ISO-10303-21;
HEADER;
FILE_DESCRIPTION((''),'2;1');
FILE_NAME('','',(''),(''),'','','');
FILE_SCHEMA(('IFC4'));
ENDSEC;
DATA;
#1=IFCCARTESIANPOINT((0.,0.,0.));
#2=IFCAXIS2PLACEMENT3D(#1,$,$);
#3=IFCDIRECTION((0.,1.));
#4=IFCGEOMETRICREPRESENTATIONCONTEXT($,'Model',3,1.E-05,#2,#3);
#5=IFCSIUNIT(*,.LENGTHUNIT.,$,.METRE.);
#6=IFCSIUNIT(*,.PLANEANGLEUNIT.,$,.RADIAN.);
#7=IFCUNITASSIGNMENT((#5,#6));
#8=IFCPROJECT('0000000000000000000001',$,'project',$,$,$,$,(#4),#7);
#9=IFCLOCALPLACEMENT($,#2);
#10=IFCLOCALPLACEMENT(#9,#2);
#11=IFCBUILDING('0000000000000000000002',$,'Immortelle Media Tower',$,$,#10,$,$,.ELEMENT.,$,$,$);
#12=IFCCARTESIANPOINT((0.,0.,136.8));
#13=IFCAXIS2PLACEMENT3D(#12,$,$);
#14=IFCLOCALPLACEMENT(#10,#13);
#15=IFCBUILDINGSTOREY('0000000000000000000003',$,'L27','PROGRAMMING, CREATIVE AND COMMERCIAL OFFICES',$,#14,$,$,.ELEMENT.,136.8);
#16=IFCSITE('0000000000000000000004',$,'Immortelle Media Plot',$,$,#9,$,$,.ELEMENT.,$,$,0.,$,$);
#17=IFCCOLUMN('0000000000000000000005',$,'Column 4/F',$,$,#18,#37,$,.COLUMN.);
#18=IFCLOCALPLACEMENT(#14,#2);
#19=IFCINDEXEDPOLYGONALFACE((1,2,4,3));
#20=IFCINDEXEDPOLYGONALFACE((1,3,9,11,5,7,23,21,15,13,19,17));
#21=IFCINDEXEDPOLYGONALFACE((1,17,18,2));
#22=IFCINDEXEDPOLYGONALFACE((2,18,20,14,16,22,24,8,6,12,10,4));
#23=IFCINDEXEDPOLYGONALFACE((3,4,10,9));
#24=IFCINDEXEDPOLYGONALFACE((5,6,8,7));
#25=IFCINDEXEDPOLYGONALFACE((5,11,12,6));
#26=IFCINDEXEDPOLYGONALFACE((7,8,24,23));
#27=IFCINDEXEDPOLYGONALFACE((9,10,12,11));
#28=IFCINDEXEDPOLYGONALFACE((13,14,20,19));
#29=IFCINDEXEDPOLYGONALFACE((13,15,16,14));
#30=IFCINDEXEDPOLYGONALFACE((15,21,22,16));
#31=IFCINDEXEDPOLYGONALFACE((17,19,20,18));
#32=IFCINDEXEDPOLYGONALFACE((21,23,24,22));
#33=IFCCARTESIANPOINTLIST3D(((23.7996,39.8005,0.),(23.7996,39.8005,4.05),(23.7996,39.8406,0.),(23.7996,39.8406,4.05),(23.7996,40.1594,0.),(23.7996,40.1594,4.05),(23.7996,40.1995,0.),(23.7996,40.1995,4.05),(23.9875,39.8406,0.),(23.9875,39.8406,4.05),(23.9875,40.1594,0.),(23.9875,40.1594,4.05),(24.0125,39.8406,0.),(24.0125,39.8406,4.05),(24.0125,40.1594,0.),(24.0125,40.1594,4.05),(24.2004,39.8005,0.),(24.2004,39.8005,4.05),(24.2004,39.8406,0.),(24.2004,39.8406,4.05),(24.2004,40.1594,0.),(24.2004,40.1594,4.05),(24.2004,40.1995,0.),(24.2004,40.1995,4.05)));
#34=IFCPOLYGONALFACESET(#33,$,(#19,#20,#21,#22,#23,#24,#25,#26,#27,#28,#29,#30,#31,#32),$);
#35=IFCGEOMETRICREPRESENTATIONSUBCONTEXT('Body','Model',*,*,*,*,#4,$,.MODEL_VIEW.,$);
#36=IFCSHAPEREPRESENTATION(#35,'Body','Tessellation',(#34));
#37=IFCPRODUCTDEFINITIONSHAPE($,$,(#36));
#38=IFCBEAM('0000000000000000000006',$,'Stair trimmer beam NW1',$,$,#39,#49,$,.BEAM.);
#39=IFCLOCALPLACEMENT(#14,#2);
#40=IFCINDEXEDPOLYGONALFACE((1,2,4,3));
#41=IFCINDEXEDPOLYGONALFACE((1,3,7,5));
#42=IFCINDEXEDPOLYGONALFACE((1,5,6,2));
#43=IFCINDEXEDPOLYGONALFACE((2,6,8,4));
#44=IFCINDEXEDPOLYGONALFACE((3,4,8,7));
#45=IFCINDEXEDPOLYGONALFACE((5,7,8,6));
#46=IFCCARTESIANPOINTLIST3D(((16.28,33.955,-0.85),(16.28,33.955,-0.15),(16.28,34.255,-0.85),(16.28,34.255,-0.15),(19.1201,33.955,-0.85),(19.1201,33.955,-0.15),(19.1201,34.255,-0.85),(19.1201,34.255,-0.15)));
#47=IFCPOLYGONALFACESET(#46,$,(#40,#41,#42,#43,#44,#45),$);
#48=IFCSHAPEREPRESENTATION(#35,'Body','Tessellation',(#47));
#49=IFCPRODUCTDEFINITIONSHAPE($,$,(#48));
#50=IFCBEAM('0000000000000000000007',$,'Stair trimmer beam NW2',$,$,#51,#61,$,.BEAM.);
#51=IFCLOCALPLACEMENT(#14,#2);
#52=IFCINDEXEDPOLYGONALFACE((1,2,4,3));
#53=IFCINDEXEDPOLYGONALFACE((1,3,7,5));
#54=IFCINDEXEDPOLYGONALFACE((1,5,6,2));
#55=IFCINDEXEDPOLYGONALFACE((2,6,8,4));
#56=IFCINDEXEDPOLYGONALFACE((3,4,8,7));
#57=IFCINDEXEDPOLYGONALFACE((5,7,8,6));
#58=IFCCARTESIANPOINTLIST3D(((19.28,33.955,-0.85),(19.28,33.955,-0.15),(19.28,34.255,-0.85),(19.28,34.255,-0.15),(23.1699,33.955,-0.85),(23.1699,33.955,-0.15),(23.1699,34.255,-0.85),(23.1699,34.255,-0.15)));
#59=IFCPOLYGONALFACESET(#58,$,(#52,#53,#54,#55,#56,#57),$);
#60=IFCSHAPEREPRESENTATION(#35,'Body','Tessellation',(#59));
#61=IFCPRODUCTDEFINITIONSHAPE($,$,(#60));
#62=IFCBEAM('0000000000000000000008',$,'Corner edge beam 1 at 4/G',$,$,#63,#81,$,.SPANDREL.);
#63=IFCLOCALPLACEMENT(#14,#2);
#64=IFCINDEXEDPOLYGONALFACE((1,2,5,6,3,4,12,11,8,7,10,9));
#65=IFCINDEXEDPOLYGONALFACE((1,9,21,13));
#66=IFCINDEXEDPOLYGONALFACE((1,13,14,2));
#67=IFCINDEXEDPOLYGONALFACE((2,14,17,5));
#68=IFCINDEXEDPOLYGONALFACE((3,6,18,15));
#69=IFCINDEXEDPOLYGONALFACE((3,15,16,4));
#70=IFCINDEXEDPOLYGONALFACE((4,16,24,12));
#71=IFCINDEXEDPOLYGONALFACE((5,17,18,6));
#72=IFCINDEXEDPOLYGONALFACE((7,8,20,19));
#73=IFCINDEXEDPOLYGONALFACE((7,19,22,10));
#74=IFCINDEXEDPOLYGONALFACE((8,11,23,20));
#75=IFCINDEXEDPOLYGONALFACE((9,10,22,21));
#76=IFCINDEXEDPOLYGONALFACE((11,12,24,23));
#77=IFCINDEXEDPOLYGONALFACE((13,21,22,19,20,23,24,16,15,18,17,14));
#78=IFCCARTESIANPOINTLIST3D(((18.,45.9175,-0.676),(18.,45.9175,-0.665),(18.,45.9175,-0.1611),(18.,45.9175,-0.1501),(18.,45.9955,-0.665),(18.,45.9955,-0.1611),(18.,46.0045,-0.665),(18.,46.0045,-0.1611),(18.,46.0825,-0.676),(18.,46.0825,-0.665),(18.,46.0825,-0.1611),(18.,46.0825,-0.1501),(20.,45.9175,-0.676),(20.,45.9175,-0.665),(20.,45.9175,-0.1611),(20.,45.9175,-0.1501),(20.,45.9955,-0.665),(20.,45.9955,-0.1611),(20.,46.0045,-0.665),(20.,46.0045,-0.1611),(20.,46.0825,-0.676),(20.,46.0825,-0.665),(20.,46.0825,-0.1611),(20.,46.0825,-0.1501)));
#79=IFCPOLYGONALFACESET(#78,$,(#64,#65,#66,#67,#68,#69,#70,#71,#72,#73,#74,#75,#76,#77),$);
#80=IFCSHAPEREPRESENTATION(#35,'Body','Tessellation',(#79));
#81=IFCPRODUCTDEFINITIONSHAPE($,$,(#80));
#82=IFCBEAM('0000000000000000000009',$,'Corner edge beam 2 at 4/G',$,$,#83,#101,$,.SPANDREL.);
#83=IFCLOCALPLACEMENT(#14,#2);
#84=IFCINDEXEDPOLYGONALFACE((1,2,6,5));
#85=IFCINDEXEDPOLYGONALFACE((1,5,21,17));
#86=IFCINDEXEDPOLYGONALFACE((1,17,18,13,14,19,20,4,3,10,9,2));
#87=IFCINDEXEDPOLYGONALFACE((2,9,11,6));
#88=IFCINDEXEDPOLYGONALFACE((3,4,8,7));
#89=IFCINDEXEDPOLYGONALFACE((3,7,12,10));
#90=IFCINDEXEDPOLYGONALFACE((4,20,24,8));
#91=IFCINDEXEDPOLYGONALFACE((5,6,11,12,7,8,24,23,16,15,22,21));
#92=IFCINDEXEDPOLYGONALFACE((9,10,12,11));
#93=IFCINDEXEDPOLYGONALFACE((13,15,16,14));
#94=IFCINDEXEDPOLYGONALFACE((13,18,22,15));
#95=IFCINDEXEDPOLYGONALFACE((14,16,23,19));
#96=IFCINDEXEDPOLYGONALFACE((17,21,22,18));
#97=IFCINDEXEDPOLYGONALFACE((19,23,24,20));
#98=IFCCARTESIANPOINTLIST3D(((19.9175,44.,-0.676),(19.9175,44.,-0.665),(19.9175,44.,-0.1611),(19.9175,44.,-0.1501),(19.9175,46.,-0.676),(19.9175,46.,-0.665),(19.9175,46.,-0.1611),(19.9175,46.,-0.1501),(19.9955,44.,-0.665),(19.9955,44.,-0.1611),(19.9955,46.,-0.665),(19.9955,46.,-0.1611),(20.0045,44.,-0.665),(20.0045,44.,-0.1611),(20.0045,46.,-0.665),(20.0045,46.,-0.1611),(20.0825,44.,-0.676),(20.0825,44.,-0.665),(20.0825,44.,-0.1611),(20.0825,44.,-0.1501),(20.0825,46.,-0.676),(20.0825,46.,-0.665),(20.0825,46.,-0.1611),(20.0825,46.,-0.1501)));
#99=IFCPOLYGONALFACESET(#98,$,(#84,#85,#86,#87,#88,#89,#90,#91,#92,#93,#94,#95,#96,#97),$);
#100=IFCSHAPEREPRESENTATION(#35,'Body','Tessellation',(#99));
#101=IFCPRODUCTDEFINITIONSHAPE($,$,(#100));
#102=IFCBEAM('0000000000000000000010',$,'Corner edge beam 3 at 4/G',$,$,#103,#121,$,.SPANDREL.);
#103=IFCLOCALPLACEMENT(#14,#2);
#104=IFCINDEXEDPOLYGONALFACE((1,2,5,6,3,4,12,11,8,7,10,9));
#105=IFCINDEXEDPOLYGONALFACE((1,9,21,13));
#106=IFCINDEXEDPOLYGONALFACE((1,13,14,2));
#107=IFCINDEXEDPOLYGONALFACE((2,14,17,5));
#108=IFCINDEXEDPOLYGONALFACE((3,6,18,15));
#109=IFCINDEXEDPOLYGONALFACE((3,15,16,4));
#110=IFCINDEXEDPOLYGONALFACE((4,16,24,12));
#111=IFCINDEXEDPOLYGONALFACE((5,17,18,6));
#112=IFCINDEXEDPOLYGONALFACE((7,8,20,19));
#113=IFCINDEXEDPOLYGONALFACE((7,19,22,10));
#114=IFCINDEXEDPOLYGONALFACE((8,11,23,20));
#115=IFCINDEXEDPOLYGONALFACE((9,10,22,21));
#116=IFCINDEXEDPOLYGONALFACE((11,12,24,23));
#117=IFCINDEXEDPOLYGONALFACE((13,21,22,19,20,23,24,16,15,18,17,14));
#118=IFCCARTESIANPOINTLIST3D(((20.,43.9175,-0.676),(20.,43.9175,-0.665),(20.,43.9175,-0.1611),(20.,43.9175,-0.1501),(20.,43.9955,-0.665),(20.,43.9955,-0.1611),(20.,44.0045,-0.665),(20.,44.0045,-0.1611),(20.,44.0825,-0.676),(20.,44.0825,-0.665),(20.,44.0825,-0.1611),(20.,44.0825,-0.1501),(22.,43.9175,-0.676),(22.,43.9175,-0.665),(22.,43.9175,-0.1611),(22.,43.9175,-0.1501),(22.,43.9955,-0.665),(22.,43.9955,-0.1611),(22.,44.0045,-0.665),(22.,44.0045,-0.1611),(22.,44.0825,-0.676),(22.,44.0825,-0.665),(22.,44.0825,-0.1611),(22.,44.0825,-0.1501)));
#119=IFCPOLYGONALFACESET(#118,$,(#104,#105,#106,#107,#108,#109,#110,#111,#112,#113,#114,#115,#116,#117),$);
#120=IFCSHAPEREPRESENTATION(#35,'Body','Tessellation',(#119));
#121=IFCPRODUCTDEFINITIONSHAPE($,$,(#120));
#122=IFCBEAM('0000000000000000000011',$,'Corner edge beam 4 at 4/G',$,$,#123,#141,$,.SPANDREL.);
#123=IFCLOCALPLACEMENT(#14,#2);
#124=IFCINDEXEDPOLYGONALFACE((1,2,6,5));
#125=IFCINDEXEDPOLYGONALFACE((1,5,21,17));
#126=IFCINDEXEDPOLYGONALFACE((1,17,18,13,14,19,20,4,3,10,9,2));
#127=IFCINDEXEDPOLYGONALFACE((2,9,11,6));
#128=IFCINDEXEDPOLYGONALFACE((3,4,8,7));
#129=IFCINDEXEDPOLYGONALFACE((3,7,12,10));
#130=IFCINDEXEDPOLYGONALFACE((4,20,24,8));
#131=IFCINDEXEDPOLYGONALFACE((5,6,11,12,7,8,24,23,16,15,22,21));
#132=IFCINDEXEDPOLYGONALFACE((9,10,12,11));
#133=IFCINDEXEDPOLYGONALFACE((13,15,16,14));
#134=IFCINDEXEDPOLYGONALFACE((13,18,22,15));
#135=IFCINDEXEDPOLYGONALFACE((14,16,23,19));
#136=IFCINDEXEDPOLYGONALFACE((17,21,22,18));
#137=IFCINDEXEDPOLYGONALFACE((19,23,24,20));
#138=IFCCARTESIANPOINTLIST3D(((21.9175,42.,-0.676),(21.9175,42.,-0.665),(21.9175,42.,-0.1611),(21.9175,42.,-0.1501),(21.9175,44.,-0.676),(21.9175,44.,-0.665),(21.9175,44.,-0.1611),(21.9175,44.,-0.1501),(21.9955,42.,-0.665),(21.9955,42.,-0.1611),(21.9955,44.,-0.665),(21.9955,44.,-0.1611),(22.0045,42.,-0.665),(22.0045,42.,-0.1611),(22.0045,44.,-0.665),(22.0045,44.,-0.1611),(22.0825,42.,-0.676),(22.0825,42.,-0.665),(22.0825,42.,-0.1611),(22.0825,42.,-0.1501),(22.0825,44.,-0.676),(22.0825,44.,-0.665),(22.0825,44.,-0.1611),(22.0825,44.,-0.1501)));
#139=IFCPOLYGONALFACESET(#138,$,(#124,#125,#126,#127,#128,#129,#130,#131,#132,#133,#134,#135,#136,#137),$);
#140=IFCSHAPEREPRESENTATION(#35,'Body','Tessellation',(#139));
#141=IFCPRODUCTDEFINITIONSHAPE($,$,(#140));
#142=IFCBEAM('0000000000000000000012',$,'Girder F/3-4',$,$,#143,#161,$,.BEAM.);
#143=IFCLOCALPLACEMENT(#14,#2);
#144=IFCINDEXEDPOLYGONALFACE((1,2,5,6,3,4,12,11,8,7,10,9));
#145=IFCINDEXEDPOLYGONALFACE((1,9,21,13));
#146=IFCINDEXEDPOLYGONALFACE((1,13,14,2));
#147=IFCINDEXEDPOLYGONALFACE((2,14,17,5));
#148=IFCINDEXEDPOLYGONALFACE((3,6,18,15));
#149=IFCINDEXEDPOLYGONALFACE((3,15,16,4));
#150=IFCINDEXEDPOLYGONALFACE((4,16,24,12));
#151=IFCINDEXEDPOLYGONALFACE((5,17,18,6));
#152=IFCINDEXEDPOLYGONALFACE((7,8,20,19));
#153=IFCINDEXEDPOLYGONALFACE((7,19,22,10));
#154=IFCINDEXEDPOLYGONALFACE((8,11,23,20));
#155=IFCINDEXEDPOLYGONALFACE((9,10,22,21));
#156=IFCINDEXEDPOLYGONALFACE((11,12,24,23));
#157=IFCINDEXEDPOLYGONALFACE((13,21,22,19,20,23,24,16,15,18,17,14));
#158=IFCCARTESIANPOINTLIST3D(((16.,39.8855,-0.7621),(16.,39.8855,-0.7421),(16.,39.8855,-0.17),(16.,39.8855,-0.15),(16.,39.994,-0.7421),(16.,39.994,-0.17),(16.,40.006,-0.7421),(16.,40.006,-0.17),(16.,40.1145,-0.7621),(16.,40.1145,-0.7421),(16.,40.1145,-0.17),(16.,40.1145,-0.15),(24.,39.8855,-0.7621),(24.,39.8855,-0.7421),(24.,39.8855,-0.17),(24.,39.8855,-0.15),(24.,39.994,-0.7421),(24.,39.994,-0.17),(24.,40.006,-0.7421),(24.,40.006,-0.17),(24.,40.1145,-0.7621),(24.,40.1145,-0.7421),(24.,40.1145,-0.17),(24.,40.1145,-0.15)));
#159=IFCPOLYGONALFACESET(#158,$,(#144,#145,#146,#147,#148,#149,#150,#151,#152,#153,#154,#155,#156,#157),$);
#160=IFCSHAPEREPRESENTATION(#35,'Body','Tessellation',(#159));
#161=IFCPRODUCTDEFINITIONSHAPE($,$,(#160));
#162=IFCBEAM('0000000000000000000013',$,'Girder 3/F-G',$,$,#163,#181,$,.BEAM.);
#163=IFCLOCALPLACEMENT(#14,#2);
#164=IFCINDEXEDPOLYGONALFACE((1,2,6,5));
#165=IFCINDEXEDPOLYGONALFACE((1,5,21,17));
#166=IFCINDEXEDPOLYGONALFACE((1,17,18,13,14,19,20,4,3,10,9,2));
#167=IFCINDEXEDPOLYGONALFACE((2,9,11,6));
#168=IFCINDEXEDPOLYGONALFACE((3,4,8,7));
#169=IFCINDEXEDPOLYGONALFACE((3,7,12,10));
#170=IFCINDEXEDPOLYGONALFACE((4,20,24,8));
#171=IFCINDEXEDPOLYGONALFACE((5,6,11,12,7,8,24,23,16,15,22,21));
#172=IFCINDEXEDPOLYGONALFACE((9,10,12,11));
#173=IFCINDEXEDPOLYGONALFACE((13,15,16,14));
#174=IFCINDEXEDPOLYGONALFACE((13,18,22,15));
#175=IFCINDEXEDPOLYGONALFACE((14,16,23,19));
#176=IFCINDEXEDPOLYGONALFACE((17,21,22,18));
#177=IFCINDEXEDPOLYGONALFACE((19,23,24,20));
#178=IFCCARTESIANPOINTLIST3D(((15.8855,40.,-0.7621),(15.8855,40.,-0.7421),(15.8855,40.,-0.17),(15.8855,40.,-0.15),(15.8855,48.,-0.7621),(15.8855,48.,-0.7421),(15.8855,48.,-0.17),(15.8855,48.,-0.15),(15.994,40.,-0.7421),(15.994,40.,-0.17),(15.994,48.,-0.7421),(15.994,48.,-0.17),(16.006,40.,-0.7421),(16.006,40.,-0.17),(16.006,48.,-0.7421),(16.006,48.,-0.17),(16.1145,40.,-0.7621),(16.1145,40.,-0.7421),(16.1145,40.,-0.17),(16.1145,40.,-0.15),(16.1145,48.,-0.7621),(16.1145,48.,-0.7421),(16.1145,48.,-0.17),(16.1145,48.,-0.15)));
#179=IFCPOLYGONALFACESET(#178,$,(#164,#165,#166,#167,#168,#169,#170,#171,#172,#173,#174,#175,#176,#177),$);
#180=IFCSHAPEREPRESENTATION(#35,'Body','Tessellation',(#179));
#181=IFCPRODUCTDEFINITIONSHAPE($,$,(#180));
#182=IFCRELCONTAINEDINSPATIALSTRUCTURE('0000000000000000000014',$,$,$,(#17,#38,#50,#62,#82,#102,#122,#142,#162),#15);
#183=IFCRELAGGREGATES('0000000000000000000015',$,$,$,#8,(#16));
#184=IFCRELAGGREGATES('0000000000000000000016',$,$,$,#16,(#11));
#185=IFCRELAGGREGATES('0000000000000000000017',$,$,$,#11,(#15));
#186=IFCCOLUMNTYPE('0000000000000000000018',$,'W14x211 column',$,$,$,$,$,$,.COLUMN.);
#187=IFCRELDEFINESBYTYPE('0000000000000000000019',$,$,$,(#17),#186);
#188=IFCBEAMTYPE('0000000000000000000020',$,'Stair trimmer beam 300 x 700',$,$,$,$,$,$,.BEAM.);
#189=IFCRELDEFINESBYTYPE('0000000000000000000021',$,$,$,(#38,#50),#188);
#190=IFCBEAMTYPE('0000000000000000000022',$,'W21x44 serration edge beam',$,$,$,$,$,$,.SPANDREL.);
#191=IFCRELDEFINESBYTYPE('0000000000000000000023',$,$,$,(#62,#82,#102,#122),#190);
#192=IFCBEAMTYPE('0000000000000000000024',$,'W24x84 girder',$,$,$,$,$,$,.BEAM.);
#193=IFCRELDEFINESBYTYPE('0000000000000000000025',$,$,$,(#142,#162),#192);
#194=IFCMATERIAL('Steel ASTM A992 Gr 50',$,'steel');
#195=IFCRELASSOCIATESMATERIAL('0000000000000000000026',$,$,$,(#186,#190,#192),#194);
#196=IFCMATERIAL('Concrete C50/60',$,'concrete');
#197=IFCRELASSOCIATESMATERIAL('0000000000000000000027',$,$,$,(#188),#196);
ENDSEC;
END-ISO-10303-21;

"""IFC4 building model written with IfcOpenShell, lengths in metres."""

from ifc_helpers import new_model, si_unit, direction, frame, origin, origin_2d, place, context, subcontext, project, spatial, rectangle, i_section, extrude, material, material_profile, profile_set, type_object, element, save


model = new_model("IFC4")

# Units and contexts
model_context = context("Model", 3, precision=1e-05, world=origin(), true_north=direction((0.0, 1.0)))
body_context = subcontext(model_context, "Body", "Model", "MODEL_VIEW")
ifc_project = project(units=[si_unit("LENGTHUNIT", "METRE"), si_unit("PLANEANGLEUNIT", "RADIAN")], contexts=[model_context])

# Site, building, storey
site_placement = place(None, origin())
site = spatial("IfcSite", under=ifc_project, at=site_placement, Name="Immortelle Media Plot", CompositionType="ELEMENT", RefElevation=0.0)
building_placement = place(site_placement, origin())
building = spatial("IfcBuilding", under=site, at=building_placement, Name="Immortelle Media Tower", CompositionType="ELEMENT")
storey_placement = place(building_placement, frame((0.0, 0.0, 136.8)))
storey = spatial("IfcBuildingStorey", under=building, at=storey_placement, Name="L27", Description="PROGRAMMING, CREATIVE AND COMMERCIAL OFFICES", CompositionType="ELEMENT", Elevation=136.8)

# Column
ifc_material_1 = material(Name="Steel ASTM A992 Gr 50", Category="steel")
ifc_material_profile_1 = material_profile(ifc_material_1, i_section(OverallWidth=0.4009, OverallDepth=0.3989, WebThickness=0.0249, FlangeThickness=0.04, at=origin_2d()), Name="W14x211")
ifc_profile_set_1 = profile_set([ifc_material_profile_1], Name="Steel ASTM A992 Gr 50")
column_type = type_object("IfcColumnType", Name="W14x211 column", PredefinedType="COLUMN", material=ifc_profile_set_1)
column_placement = place(storey_placement, frame((24.0, 40.0, 0.0), z_axis=(0.0, 0.0, 1.0), x_axis=(1.0, 0.0, 0.0)))
element("IfcColumn", 1, at=column_placement, inside=storey, type_object=column_type, Name="Column 4/F", PredefinedType="COLUMN", context=body_context, shape_type="SweptSolid", body=[
    extrude(i_section(OverallWidth=0.4009, OverallDepth=0.3989, WebThickness=0.0249, FlangeThickness=0.04, at=origin_2d()), origin(), (0.0, 0.0, 1.0), 4.05),
])

# Beams
ifc_material_2 = material(Name="Concrete C50/60", Category="concrete")
ifc_material_profile_2 = material_profile(ifc_material_2, rectangle(XDim=0.3, YDim=0.7, at=origin_2d()), Name="RC 300x700")
ifc_profile_set_2 = profile_set([ifc_material_profile_2], Name="Concrete C50/60")
beam_type_1 = type_object("IfcBeamType", Name="Stair trimmer beam 300 x 700", PredefinedType="BEAM", material=ifc_profile_set_2)
beam_1_placement = place(storey_placement, frame((16.28, 34.105, -0.5), z_axis=(1.0, 0.0, 0.0), x_axis=(0.0, 1.0, 0.0)))
element("IfcBeam", 2, at=beam_1_placement, inside=storey, type_object=beam_type_1, Name="Stair trimmer beam NW1", PredefinedType="BEAM", context=body_context, shape_type="SweptSolid", body=[
    extrude(rectangle(XDim=0.3, YDim=0.7, at=origin_2d()), origin(), (0.0, 0.0, 1.0), 2.8401),
])
beam_2_placement = place(storey_placement, frame((19.28, 34.105, -0.5), z_axis=(1.0, 0.0, 0.0), x_axis=(0.0, 1.0, 0.0)))
element("IfcBeam", 3, at=beam_2_placement, inside=storey, type_object=beam_type_1, Name="Stair trimmer beam NW2", PredefinedType="BEAM", context=body_context, shape_type="SweptSolid", body=[
    extrude(rectangle(XDim=0.3, YDim=0.7, at=origin_2d()), origin(), (0.0, 0.0, 1.0), 3.8899),
])
ifc_material_profile_3 = material_profile(ifc_material_1, i_section(OverallWidth=0.165, OverallDepth=0.5259, WebThickness=0.009, FlangeThickness=0.011, at=origin_2d()), Name="W21x44")
ifc_profile_set_3 = profile_set([ifc_material_profile_3], Name="Steel ASTM A992 Gr 50")
beam_type_2 = type_object("IfcBeamType", Name="W21x44 serration edge beam", PredefinedType="SPANDREL", material=ifc_profile_set_3)
for number, where, z_axis, x_axis, name in (
    (4, (18.0, 46.0, -0.4131), (1.0, 0.0, 0.0), (0.0, 1.0, 0.0), "Corner edge beam 1 at 4/G"),
    (5, (20.0, 46.0, -0.4131), (0.0, -1.0, 0.0), (1.0, 0.0, 0.0), "Corner edge beam 2 at 4/G"),
    (6, (20.0, 44.0, -0.4131), (1.0, 0.0, 0.0), (0.0, 1.0, 0.0), "Corner edge beam 3 at 4/G"),
    (7, (22.0, 44.0, -0.4131), (0.0, -1.0, 0.0), (1.0, 0.0, 0.0), "Corner edge beam 4 at 4/G"),
):
    element("IfcBeam", number, at=place(storey_placement, frame(where, z_axis=z_axis, x_axis=x_axis)), inside=storey, type_object=beam_type_2, Name=name, PredefinedType="SPANDREL", context=body_context, shape_type="SweptSolid", body=[
        extrude(i_section(OverallWidth=0.165, OverallDepth=0.5259, WebThickness=0.009, FlangeThickness=0.011, at=origin_2d()), origin(), (0.0, 0.0, 1.0), 2.0),
    ])
ifc_material_profile_4 = material_profile(ifc_material_1, i_section(OverallWidth=0.229, OverallDepth=0.6121, WebThickness=0.012, FlangeThickness=0.02, at=origin_2d()), Name="W24x84")
ifc_profile_set_4 = profile_set([ifc_material_profile_4], Name="Steel ASTM A992 Gr 50")
beam_type_3 = type_object("IfcBeamType", Name="W24x84 girder", PredefinedType="BEAM", material=ifc_profile_set_4)
for number, where, z_axis, x_axis, name in (
    (8, (16.0, 40.0, -0.4561), (1.0, 0.0, 0.0), (0.0, 1.0, 0.0), "Girder F/3-4"),
    (9, (16.0, 40.0, -0.4561), (0.0, 1.0, 0.0), (-1.0, 0.0, 0.0), "Girder 3/F-G"),
):
    element("IfcBeam", number, at=place(storey_placement, frame(where, z_axis=z_axis, x_axis=x_axis)), inside=storey, type_object=beam_type_3, Name=name, PredefinedType="BEAM", context=body_context, shape_type="SweptSolid", body=[
        extrude(i_section(OverallWidth=0.229, OverallDepth=0.6121, WebThickness=0.012, FlangeThickness=0.02, at=origin_2d()), origin(), (0.0, 0.0, 1.0), 8.0),
    ])

save(model, "model.ifc")
